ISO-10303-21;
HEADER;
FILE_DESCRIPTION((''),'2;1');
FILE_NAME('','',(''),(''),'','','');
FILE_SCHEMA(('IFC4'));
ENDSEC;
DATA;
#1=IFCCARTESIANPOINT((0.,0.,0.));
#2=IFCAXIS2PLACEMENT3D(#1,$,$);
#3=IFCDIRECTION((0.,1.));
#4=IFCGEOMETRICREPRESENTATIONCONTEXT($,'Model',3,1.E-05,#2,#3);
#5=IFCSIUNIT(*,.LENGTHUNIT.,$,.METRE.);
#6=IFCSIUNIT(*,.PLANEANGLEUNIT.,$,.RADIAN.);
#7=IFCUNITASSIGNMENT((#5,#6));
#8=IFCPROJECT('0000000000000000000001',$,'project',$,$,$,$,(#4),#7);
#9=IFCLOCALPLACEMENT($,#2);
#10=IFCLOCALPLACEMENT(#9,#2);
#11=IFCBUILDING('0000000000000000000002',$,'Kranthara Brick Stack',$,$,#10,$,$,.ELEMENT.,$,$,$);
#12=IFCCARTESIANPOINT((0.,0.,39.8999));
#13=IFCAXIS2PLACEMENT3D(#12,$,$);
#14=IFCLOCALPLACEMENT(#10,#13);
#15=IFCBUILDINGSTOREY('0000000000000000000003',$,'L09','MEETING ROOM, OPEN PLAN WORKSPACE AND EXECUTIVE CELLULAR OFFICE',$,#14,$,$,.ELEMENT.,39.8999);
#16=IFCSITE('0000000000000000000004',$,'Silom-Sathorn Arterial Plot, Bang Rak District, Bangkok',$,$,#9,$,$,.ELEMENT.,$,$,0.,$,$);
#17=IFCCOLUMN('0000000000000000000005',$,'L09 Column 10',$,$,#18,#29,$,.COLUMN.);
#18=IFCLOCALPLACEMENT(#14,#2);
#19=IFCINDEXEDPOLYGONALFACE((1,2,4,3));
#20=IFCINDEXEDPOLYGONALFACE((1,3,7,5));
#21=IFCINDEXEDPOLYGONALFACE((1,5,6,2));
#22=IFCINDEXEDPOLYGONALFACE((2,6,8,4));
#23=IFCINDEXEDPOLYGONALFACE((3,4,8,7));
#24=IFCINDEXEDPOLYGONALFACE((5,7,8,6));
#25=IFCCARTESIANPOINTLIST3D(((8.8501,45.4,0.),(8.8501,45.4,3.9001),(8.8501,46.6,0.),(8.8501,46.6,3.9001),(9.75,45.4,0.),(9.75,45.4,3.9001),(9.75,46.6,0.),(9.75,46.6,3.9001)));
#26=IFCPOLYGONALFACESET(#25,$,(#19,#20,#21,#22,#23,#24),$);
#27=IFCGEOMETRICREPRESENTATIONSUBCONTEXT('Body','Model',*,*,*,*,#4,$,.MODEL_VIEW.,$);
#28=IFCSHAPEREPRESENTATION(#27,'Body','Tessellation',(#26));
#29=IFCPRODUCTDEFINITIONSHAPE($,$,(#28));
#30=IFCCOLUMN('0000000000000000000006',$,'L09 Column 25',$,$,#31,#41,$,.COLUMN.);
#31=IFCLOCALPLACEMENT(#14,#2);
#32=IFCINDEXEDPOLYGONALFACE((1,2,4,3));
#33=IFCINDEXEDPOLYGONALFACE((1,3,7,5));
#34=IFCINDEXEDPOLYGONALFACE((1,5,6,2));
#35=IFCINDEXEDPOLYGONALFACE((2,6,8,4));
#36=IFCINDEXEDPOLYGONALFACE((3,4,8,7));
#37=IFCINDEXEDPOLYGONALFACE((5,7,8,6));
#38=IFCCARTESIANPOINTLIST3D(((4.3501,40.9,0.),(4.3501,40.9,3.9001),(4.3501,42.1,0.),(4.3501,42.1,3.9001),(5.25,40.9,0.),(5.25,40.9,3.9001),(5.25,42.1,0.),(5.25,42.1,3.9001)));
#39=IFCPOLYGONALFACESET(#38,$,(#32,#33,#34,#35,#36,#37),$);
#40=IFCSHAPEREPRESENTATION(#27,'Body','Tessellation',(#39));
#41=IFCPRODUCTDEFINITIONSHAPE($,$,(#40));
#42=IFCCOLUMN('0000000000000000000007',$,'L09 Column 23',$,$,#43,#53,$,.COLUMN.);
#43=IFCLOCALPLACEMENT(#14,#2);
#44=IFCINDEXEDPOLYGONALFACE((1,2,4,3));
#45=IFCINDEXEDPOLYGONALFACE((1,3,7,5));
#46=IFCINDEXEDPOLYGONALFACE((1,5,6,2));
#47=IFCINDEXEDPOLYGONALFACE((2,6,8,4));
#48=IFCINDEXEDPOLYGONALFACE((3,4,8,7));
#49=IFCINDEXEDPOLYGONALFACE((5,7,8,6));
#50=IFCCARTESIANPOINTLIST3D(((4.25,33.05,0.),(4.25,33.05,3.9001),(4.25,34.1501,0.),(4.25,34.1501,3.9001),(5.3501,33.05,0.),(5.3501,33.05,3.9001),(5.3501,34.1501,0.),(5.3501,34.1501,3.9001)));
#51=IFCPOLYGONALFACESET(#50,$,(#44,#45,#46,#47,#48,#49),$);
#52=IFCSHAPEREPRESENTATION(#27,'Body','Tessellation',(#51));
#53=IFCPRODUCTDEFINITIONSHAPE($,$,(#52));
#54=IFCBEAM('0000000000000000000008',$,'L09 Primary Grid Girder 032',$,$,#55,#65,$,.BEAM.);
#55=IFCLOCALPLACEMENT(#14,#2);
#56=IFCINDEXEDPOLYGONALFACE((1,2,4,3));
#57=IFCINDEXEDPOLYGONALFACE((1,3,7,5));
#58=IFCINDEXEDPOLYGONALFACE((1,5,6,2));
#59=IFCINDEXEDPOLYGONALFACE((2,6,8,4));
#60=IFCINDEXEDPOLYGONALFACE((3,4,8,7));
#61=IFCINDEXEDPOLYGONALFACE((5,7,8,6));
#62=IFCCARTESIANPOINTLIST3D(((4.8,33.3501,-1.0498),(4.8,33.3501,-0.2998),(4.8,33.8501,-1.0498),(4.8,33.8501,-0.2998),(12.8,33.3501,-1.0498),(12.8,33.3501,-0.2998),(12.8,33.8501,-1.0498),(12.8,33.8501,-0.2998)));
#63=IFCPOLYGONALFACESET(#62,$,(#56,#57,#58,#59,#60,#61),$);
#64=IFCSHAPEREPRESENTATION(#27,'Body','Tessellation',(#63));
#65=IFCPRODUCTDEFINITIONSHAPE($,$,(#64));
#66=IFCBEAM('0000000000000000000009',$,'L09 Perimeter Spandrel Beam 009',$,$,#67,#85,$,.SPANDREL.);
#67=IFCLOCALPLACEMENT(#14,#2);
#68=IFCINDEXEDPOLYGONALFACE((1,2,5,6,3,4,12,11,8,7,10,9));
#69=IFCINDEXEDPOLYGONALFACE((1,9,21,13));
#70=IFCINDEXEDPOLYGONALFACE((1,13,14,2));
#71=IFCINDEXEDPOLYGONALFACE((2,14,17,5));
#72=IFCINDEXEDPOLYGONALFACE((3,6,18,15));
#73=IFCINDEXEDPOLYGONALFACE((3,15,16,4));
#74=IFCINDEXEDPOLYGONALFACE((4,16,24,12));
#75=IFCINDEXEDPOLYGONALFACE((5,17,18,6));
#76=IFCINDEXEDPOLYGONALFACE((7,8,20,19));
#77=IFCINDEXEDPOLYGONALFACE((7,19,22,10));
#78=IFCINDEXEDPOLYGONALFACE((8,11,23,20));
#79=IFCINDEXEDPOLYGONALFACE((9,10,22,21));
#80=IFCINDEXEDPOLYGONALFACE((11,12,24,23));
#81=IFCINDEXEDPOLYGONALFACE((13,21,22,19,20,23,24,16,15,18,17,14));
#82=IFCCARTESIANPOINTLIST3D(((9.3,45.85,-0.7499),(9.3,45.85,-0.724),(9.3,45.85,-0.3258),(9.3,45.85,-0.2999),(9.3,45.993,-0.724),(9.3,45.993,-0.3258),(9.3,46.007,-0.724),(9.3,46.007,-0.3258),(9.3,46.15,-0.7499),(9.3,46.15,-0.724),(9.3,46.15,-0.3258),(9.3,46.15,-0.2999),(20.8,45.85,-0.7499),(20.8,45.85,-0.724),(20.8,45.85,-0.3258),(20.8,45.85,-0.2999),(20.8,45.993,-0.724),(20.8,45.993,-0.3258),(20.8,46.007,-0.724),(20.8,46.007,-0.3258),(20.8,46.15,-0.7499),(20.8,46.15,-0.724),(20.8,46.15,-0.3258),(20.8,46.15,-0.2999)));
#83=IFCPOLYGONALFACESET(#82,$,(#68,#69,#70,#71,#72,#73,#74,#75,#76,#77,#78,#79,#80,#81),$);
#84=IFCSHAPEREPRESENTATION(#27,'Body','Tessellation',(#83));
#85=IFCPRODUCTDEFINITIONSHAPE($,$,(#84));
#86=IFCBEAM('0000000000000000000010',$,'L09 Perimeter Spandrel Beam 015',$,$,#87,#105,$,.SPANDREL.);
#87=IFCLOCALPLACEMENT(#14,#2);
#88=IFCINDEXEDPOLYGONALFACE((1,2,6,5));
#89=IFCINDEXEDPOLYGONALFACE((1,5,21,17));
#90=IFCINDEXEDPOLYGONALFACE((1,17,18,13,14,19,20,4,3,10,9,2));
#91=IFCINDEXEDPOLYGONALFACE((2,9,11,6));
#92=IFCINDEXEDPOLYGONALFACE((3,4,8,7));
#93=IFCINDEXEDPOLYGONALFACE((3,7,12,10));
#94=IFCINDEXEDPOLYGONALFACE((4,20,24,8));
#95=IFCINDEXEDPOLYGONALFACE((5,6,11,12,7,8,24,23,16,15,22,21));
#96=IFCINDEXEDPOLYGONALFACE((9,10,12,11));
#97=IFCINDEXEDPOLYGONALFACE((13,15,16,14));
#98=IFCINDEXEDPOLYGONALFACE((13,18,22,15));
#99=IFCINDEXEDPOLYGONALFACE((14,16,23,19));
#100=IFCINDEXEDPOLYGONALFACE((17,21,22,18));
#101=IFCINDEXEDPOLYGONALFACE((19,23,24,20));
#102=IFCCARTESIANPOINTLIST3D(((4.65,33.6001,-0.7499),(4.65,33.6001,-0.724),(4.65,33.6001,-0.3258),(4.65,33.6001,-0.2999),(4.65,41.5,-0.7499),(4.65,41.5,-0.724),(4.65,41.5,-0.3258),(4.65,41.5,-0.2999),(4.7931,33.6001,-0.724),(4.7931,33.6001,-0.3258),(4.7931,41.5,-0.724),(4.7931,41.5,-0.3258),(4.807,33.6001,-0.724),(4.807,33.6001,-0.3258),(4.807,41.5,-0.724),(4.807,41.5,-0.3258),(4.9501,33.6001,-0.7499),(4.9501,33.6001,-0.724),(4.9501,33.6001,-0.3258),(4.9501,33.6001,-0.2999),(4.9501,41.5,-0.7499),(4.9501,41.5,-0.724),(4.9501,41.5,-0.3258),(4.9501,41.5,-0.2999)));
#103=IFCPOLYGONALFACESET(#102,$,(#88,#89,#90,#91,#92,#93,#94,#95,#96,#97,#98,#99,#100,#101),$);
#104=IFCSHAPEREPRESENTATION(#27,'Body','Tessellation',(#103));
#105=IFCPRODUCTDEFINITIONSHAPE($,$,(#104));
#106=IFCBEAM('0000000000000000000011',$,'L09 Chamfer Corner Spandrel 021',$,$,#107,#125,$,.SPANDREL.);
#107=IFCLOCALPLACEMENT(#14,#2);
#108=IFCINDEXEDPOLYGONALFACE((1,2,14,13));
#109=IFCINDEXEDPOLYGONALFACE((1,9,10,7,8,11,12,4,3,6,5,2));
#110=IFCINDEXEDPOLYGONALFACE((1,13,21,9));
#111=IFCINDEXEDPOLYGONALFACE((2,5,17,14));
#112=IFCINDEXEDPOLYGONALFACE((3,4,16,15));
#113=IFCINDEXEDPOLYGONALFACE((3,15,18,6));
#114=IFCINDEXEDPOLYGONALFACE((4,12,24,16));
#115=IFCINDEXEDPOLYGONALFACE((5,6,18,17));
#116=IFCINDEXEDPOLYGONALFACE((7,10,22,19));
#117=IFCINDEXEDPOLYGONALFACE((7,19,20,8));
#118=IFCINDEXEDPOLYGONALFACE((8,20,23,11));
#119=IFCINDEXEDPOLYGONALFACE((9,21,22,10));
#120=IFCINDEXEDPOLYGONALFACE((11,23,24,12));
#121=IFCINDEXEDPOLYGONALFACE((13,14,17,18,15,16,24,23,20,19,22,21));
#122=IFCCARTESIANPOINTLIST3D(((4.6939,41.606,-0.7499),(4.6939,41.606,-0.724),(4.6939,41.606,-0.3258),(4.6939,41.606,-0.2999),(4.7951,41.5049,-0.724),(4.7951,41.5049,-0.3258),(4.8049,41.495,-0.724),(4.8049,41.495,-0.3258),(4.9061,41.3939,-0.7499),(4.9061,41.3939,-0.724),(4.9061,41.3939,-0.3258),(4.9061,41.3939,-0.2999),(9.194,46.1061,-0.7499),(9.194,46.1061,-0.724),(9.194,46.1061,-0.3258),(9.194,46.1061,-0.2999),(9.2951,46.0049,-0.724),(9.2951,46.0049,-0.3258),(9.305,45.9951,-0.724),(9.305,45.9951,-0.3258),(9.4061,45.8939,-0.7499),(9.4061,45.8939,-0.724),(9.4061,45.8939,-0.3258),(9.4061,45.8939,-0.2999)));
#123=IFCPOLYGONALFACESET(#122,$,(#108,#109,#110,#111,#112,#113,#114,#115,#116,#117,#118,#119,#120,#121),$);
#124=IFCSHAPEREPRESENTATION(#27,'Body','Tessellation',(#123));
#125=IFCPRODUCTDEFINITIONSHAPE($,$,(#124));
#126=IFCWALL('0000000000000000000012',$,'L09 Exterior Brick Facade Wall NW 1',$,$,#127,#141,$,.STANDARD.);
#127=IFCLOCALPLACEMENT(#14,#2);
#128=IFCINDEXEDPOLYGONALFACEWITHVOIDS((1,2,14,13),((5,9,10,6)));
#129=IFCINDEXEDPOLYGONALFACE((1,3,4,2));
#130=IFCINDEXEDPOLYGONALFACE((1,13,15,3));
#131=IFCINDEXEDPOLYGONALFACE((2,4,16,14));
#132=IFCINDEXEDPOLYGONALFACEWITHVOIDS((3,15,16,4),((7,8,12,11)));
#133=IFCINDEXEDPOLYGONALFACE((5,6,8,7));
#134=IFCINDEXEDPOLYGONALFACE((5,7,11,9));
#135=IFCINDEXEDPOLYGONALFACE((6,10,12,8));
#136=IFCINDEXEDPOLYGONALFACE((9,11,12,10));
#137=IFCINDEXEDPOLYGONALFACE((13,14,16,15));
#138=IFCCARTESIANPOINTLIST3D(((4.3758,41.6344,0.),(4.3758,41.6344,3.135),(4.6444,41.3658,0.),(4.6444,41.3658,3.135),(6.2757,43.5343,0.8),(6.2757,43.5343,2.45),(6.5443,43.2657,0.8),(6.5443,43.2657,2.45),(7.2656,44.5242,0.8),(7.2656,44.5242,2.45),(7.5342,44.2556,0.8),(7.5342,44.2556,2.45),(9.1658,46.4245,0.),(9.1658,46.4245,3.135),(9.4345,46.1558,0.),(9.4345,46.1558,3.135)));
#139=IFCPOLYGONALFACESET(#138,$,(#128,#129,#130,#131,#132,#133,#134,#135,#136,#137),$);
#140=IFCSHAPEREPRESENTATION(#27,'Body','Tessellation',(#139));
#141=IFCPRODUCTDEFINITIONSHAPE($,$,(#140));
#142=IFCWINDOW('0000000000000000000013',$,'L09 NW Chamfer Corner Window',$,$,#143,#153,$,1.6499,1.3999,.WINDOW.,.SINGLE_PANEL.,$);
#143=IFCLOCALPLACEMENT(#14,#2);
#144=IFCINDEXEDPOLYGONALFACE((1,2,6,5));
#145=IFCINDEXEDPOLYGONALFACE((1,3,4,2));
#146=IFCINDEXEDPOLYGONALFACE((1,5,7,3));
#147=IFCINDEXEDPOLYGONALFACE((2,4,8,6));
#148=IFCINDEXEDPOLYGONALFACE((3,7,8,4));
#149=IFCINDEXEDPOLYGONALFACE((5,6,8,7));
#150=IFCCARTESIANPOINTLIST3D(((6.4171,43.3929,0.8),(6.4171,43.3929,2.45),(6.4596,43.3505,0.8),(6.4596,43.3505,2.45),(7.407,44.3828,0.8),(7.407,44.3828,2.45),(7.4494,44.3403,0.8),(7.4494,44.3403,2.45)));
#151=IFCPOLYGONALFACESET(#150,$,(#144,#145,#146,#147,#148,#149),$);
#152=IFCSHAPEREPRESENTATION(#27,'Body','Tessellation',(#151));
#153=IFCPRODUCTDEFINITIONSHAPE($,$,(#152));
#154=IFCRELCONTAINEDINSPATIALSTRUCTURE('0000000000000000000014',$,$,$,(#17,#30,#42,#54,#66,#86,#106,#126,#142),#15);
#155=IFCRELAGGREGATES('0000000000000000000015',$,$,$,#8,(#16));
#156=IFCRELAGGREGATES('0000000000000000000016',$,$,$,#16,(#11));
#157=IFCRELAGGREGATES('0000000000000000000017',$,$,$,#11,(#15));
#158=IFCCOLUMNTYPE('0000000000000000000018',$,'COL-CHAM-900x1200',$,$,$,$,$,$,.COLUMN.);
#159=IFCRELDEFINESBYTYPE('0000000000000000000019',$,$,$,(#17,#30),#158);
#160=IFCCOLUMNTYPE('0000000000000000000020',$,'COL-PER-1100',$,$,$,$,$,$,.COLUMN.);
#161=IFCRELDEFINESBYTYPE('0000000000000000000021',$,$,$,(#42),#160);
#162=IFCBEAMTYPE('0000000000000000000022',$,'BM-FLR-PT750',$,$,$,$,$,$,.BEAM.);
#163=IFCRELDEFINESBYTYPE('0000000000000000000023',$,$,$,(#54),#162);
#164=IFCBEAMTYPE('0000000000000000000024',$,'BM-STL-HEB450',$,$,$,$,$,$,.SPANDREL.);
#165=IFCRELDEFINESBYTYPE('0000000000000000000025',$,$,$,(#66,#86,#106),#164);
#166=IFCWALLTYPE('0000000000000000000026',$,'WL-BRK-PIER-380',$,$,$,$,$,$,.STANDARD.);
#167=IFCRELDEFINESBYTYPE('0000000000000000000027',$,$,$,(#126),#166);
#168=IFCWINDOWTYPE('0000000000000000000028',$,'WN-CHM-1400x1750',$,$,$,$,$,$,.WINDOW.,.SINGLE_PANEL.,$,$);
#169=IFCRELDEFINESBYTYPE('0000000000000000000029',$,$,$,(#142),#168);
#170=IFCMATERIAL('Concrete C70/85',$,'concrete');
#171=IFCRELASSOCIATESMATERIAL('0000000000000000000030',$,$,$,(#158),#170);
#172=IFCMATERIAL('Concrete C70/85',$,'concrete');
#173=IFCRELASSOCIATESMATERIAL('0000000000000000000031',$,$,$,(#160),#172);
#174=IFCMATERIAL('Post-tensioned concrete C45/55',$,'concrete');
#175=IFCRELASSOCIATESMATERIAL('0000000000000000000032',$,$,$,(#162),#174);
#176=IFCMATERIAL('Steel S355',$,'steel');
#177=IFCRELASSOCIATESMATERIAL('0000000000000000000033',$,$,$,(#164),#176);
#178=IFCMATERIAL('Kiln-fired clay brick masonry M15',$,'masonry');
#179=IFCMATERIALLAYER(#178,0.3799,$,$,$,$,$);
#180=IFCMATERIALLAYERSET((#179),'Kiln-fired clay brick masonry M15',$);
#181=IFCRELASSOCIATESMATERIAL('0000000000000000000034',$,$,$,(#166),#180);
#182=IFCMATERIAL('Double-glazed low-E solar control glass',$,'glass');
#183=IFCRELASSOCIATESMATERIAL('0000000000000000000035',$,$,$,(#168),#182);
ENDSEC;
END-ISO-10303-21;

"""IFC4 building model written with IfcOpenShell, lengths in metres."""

from ifc_helpers import new_model, si_unit, direction, frame, frame_2d, origin, origin_2d, place, context, subcontext, project, spatial, rectangle, i_section, extrude, material, layer, layer_set, material_profile, profile_set, type_object, element, fill, save


model = new_model("IFC4")

# Units and contexts
model_context = context("Model", 3, precision=1e-05, world=origin(), true_north=direction((0.0, 1.0)))
body_context = subcontext(model_context, "Body", "Model", "MODEL_VIEW")
ifc_project = project(units=[si_unit("LENGTHUNIT", "METRE"), si_unit("PLANEANGLEUNIT", "RADIAN")], contexts=[model_context])

# Site, building, storey
site_placement = place(None, origin())
site = spatial("IfcSite", under=ifc_project, at=site_placement, Name="Silom-Sathorn Arterial Plot, Bang Rak District, Bangkok", CompositionType="ELEMENT", RefElevation=0.0)
building_placement = place(site_placement, origin())
building = spatial("IfcBuilding", under=site, at=building_placement, Name="Kranthara Brick Stack", CompositionType="ELEMENT")
storey_placement = place(building_placement, frame((0.0, 0.0, 39.8999)))
storey = spatial("IfcBuildingStorey", under=building, at=storey_placement, Name="L09", Description="MEETING ROOM, OPEN PLAN WORKSPACE AND EXECUTIVE CELLULAR OFFICE", CompositionType="ELEMENT", Elevation=39.8999)

# Columns
ifc_material_1 = material(Name="Concrete C70/85", Category="concrete")
ifc_material_profile_1 = material_profile(ifc_material_1, rectangle(XDim=0.8999, YDim=1.2, at=origin_2d()), Name="RC 900x1200")
ifc_profile_set_1 = profile_set([ifc_material_profile_1], Name="Concrete C70/85")
column_type_1 = type_object("IfcColumnType", Name="COL-CHAM-900x1200", PredefinedType="COLUMN", material=ifc_profile_set_1)
for number, where, z_axis, x_axis, name in (
    (1, (9.3, 46.0, 0.0), (0.0, 0.0, 1.0), (1.0, 0.0, 0.0), "L09 Column 10"),
    (2, (4.8, 41.5, 0.0), (0.0, 0.0, 1.0), (1.0, 0.0, 0.0), "L09 Column 25"),
):
    element("IfcColumn", number, at=place(storey_placement, frame(where, z_axis=z_axis, x_axis=x_axis)), inside=storey, type_object=column_type_1, Name=name, PredefinedType="COLUMN", context=body_context, shape_type="SweptSolid", body=[
        extrude(rectangle(XDim=0.8999, YDim=1.2, at=origin_2d()), origin(), (0.0, 0.0, 1.0), 3.9001),
    ])
ifc_material_2 = material(Name="Concrete C70/85", Category="concrete")
ifc_material_profile_2 = material_profile(ifc_material_2, rectangle(XDim=1.1001, YDim=1.1001, at=origin_2d()), Name="RC 1100x1100")
ifc_profile_set_2 = profile_set([ifc_material_profile_2], Name="Concrete C70/85")
column_type_2 = type_object("IfcColumnType", Name="COL-PER-1100", PredefinedType="COLUMN", material=ifc_profile_set_2)
column_placement = place(storey_placement, frame((4.8, 33.6001, 0.0), z_axis=(0.0, 0.0, 1.0), x_axis=(1.0, 0.0, 0.0)))
element("IfcColumn", 3, at=column_placement, inside=storey, type_object=column_type_2, Name="L09 Column 23", PredefinedType="COLUMN", context=body_context, shape_type="SweptSolid", body=[
    extrude(rectangle(XDim=1.1001, YDim=1.1001, at=origin_2d()), origin(), (0.0, 0.0, 1.0), 3.9001),
])

# Beams
ifc_material_3 = material(Name="Post-tensioned concrete C45/55", Category="concrete")
ifc_material_profile_3 = material_profile(ifc_material_3, rectangle(XDim=0.5, YDim=0.75, at=origin_2d()), Name="PT 500x750")
ifc_profile_set_3 = profile_set([ifc_material_profile_3], Name="Post-tensioned concrete C45/55")
beam_type_1 = type_object("IfcBeamType", Name="BM-FLR-PT750", PredefinedType="BEAM", material=ifc_profile_set_3)
beam_1_placement = place(storey_placement, frame((4.8, 33.6001, -0.6748), z_axis=(1.0, 0.0, 0.0), x_axis=(0.0, 1.0, 0.0)))
element("IfcBeam", 4, at=beam_1_placement, inside=storey, type_object=beam_type_1, Name="L09 Primary Grid Girder 032", PredefinedType="BEAM", context=body_context, shape_type="SweptSolid", body=[
    extrude(rectangle(XDim=0.5, YDim=0.75, at=origin_2d()), origin(), (0.0, 0.0, 1.0), 8.0),
])
ifc_material_4 = material(Name="Steel S355", Category="steel")
ifc_material_profile_4 = material_profile(ifc_material_4, i_section(OverallWidth=0.3, OverallDepth=0.45, WebThickness=0.0139, FlangeThickness=0.0259, at=origin_2d()), Name="HEB 450")
ifc_profile_set_4 = profile_set([ifc_material_profile_4], Name="Steel S355")
beam_type_2 = type_object("IfcBeamType", Name="BM-STL-HEB450", PredefinedType="SPANDREL", material=ifc_profile_set_4)
beam_2_placement = place(storey_placement, frame((9.3, 46.0, -0.5249), z_axis=(1.0, 0.0, 0.0), x_axis=(0.0, 1.0, 0.0)))
element("IfcBeam", 5, at=beam_2_placement, inside=storey, type_object=beam_type_2, Name="L09 Perimeter Spandrel Beam 009", PredefinedType="SPANDREL", context=body_context, shape_type="SweptSolid", body=[
    extrude(i_section(OverallWidth=0.3, OverallDepth=0.45, WebThickness=0.0139, FlangeThickness=0.0259, at=origin_2d()), origin(), (0.0, 0.0, 1.0), 11.5),
])
beam_3_placement = place(storey_placement, frame((4.8, 33.6001, -0.5249), z_axis=(0.0, 1.0, 0.0), x_axis=(-1.0, 0.0, 0.0)))
element("IfcBeam", 6, at=beam_3_placement, inside=storey, type_object=beam_type_2, Name="L09 Perimeter Spandrel Beam 015", PredefinedType="SPANDREL", context=body_context, shape_type="SweptSolid", body=[
    extrude(i_section(OverallWidth=0.3, OverallDepth=0.45, WebThickness=0.0139, FlangeThickness=0.0259, at=origin_2d()), origin(), (0.0, 0.0, 1.0), 7.8999),
])
beam_4_placement = place(storey_placement, frame((9.3, 46.0, -0.5249), z_axis=(-0.707107, -0.707107, 0.0), x_axis=(0.707107, -0.707107, 0.0)))
element("IfcBeam", 7, at=beam_4_placement, inside=storey, type_object=beam_type_2, Name="L09 Chamfer Corner Spandrel 021", PredefinedType="SPANDREL", context=body_context, shape_type="SweptSolid", body=[
    extrude(i_section(OverallWidth=0.3, OverallDepth=0.45, WebThickness=0.0139, FlangeThickness=0.0259, at=origin_2d()), origin(), (0.0, 0.0, 1.0), 6.364),
])

# Wall, opening, window
ifc_material_5 = material(Name="Kiln-fired clay brick masonry M15", Category="masonry")
ifc_layer_1 = layer(ifc_material_5, 0.3799)
ifc_layer_set_1 = layer_set([ifc_layer_1], Name="Kiln-fired clay brick masonry M15")
wall_type_1 = type_object("IfcWallType", Name="WL-BRK-PIER-380", PredefinedType="STANDARD", material=ifc_layer_set_1)
wall_1_placement = place(storey_placement, frame((4.51, 41.5, 0.0), z_axis=(0.0, 0.0, 1.0), x_axis=(0.707107, 0.707107, 0.0)))
wall_1 = element("IfcWall", 8, at=wall_1_placement, inside=storey, type_object=wall_type_1, Name="L09 Exterior Brick Facade Wall NW 1", PredefinedType="STANDARD", context=body_context, shape_type="SweptSolid", body=[
    extrude(rectangle(XDim=6.7742, YDim=0.3799, at=frame_2d((3.3872, 0.0))), origin(), (0.0, 0.0, 1.0), 3.135),
])
opening_1_placement = place(wall_1_placement, frame((2.687, 0.0, 0.8)))
opening_1 = element("IfcOpeningElement", 9, at=opening_1_placement, cuts=wall_1, PredefinedType="OPENING", context=body_context, shape_type="SweptSolid", body=[
    extrude(rectangle(XDim=1.3999, YDim=1.6499, at=frame_2d((0.7, 0.825))), frame((0.0, 0.2, 0.0), z_axis=(0.0, -1.0, 0.0), x_axis=(1.0, 0.0, 0.0)), (0.0, 0.0, 1.0), 0.3999),
])
ifc_material_6 = material(Name="Double-glazed low-E solar control glass", Category="glass")
window_type_1 = type_object("IfcWindowType", Name="WN-CHM-1400x1750", PartitioningType="SINGLE_PANEL", PredefinedType="WINDOW", material=ifc_material_6)
window_1_placement = place(opening_1_placement, origin())
window_1 = element("IfcWindow", 10, at=window_1_placement, inside=storey, type_object=window_type_1, Name="L09 NW Chamfer Corner Window", OverallHeight=1.6499, OverallWidth=1.3999, PartitioningType="SINGLE_PANEL", PredefinedType="WINDOW", context=body_context, shape_type="SweptSolid", body=[
    extrude(rectangle(XDim=1.3999, YDim=1.6499, at=frame_2d((0.7, 0.825))), frame((0.0, -0.01, 0.0), z_axis=(0.0, -1.0, 0.0), x_axis=(1.0, 0.0, 0.0)), (0.0, 0.0, 1.0), 0.0601),
])
fill(opening_1, window_1)

save(model, "model.ifc")
